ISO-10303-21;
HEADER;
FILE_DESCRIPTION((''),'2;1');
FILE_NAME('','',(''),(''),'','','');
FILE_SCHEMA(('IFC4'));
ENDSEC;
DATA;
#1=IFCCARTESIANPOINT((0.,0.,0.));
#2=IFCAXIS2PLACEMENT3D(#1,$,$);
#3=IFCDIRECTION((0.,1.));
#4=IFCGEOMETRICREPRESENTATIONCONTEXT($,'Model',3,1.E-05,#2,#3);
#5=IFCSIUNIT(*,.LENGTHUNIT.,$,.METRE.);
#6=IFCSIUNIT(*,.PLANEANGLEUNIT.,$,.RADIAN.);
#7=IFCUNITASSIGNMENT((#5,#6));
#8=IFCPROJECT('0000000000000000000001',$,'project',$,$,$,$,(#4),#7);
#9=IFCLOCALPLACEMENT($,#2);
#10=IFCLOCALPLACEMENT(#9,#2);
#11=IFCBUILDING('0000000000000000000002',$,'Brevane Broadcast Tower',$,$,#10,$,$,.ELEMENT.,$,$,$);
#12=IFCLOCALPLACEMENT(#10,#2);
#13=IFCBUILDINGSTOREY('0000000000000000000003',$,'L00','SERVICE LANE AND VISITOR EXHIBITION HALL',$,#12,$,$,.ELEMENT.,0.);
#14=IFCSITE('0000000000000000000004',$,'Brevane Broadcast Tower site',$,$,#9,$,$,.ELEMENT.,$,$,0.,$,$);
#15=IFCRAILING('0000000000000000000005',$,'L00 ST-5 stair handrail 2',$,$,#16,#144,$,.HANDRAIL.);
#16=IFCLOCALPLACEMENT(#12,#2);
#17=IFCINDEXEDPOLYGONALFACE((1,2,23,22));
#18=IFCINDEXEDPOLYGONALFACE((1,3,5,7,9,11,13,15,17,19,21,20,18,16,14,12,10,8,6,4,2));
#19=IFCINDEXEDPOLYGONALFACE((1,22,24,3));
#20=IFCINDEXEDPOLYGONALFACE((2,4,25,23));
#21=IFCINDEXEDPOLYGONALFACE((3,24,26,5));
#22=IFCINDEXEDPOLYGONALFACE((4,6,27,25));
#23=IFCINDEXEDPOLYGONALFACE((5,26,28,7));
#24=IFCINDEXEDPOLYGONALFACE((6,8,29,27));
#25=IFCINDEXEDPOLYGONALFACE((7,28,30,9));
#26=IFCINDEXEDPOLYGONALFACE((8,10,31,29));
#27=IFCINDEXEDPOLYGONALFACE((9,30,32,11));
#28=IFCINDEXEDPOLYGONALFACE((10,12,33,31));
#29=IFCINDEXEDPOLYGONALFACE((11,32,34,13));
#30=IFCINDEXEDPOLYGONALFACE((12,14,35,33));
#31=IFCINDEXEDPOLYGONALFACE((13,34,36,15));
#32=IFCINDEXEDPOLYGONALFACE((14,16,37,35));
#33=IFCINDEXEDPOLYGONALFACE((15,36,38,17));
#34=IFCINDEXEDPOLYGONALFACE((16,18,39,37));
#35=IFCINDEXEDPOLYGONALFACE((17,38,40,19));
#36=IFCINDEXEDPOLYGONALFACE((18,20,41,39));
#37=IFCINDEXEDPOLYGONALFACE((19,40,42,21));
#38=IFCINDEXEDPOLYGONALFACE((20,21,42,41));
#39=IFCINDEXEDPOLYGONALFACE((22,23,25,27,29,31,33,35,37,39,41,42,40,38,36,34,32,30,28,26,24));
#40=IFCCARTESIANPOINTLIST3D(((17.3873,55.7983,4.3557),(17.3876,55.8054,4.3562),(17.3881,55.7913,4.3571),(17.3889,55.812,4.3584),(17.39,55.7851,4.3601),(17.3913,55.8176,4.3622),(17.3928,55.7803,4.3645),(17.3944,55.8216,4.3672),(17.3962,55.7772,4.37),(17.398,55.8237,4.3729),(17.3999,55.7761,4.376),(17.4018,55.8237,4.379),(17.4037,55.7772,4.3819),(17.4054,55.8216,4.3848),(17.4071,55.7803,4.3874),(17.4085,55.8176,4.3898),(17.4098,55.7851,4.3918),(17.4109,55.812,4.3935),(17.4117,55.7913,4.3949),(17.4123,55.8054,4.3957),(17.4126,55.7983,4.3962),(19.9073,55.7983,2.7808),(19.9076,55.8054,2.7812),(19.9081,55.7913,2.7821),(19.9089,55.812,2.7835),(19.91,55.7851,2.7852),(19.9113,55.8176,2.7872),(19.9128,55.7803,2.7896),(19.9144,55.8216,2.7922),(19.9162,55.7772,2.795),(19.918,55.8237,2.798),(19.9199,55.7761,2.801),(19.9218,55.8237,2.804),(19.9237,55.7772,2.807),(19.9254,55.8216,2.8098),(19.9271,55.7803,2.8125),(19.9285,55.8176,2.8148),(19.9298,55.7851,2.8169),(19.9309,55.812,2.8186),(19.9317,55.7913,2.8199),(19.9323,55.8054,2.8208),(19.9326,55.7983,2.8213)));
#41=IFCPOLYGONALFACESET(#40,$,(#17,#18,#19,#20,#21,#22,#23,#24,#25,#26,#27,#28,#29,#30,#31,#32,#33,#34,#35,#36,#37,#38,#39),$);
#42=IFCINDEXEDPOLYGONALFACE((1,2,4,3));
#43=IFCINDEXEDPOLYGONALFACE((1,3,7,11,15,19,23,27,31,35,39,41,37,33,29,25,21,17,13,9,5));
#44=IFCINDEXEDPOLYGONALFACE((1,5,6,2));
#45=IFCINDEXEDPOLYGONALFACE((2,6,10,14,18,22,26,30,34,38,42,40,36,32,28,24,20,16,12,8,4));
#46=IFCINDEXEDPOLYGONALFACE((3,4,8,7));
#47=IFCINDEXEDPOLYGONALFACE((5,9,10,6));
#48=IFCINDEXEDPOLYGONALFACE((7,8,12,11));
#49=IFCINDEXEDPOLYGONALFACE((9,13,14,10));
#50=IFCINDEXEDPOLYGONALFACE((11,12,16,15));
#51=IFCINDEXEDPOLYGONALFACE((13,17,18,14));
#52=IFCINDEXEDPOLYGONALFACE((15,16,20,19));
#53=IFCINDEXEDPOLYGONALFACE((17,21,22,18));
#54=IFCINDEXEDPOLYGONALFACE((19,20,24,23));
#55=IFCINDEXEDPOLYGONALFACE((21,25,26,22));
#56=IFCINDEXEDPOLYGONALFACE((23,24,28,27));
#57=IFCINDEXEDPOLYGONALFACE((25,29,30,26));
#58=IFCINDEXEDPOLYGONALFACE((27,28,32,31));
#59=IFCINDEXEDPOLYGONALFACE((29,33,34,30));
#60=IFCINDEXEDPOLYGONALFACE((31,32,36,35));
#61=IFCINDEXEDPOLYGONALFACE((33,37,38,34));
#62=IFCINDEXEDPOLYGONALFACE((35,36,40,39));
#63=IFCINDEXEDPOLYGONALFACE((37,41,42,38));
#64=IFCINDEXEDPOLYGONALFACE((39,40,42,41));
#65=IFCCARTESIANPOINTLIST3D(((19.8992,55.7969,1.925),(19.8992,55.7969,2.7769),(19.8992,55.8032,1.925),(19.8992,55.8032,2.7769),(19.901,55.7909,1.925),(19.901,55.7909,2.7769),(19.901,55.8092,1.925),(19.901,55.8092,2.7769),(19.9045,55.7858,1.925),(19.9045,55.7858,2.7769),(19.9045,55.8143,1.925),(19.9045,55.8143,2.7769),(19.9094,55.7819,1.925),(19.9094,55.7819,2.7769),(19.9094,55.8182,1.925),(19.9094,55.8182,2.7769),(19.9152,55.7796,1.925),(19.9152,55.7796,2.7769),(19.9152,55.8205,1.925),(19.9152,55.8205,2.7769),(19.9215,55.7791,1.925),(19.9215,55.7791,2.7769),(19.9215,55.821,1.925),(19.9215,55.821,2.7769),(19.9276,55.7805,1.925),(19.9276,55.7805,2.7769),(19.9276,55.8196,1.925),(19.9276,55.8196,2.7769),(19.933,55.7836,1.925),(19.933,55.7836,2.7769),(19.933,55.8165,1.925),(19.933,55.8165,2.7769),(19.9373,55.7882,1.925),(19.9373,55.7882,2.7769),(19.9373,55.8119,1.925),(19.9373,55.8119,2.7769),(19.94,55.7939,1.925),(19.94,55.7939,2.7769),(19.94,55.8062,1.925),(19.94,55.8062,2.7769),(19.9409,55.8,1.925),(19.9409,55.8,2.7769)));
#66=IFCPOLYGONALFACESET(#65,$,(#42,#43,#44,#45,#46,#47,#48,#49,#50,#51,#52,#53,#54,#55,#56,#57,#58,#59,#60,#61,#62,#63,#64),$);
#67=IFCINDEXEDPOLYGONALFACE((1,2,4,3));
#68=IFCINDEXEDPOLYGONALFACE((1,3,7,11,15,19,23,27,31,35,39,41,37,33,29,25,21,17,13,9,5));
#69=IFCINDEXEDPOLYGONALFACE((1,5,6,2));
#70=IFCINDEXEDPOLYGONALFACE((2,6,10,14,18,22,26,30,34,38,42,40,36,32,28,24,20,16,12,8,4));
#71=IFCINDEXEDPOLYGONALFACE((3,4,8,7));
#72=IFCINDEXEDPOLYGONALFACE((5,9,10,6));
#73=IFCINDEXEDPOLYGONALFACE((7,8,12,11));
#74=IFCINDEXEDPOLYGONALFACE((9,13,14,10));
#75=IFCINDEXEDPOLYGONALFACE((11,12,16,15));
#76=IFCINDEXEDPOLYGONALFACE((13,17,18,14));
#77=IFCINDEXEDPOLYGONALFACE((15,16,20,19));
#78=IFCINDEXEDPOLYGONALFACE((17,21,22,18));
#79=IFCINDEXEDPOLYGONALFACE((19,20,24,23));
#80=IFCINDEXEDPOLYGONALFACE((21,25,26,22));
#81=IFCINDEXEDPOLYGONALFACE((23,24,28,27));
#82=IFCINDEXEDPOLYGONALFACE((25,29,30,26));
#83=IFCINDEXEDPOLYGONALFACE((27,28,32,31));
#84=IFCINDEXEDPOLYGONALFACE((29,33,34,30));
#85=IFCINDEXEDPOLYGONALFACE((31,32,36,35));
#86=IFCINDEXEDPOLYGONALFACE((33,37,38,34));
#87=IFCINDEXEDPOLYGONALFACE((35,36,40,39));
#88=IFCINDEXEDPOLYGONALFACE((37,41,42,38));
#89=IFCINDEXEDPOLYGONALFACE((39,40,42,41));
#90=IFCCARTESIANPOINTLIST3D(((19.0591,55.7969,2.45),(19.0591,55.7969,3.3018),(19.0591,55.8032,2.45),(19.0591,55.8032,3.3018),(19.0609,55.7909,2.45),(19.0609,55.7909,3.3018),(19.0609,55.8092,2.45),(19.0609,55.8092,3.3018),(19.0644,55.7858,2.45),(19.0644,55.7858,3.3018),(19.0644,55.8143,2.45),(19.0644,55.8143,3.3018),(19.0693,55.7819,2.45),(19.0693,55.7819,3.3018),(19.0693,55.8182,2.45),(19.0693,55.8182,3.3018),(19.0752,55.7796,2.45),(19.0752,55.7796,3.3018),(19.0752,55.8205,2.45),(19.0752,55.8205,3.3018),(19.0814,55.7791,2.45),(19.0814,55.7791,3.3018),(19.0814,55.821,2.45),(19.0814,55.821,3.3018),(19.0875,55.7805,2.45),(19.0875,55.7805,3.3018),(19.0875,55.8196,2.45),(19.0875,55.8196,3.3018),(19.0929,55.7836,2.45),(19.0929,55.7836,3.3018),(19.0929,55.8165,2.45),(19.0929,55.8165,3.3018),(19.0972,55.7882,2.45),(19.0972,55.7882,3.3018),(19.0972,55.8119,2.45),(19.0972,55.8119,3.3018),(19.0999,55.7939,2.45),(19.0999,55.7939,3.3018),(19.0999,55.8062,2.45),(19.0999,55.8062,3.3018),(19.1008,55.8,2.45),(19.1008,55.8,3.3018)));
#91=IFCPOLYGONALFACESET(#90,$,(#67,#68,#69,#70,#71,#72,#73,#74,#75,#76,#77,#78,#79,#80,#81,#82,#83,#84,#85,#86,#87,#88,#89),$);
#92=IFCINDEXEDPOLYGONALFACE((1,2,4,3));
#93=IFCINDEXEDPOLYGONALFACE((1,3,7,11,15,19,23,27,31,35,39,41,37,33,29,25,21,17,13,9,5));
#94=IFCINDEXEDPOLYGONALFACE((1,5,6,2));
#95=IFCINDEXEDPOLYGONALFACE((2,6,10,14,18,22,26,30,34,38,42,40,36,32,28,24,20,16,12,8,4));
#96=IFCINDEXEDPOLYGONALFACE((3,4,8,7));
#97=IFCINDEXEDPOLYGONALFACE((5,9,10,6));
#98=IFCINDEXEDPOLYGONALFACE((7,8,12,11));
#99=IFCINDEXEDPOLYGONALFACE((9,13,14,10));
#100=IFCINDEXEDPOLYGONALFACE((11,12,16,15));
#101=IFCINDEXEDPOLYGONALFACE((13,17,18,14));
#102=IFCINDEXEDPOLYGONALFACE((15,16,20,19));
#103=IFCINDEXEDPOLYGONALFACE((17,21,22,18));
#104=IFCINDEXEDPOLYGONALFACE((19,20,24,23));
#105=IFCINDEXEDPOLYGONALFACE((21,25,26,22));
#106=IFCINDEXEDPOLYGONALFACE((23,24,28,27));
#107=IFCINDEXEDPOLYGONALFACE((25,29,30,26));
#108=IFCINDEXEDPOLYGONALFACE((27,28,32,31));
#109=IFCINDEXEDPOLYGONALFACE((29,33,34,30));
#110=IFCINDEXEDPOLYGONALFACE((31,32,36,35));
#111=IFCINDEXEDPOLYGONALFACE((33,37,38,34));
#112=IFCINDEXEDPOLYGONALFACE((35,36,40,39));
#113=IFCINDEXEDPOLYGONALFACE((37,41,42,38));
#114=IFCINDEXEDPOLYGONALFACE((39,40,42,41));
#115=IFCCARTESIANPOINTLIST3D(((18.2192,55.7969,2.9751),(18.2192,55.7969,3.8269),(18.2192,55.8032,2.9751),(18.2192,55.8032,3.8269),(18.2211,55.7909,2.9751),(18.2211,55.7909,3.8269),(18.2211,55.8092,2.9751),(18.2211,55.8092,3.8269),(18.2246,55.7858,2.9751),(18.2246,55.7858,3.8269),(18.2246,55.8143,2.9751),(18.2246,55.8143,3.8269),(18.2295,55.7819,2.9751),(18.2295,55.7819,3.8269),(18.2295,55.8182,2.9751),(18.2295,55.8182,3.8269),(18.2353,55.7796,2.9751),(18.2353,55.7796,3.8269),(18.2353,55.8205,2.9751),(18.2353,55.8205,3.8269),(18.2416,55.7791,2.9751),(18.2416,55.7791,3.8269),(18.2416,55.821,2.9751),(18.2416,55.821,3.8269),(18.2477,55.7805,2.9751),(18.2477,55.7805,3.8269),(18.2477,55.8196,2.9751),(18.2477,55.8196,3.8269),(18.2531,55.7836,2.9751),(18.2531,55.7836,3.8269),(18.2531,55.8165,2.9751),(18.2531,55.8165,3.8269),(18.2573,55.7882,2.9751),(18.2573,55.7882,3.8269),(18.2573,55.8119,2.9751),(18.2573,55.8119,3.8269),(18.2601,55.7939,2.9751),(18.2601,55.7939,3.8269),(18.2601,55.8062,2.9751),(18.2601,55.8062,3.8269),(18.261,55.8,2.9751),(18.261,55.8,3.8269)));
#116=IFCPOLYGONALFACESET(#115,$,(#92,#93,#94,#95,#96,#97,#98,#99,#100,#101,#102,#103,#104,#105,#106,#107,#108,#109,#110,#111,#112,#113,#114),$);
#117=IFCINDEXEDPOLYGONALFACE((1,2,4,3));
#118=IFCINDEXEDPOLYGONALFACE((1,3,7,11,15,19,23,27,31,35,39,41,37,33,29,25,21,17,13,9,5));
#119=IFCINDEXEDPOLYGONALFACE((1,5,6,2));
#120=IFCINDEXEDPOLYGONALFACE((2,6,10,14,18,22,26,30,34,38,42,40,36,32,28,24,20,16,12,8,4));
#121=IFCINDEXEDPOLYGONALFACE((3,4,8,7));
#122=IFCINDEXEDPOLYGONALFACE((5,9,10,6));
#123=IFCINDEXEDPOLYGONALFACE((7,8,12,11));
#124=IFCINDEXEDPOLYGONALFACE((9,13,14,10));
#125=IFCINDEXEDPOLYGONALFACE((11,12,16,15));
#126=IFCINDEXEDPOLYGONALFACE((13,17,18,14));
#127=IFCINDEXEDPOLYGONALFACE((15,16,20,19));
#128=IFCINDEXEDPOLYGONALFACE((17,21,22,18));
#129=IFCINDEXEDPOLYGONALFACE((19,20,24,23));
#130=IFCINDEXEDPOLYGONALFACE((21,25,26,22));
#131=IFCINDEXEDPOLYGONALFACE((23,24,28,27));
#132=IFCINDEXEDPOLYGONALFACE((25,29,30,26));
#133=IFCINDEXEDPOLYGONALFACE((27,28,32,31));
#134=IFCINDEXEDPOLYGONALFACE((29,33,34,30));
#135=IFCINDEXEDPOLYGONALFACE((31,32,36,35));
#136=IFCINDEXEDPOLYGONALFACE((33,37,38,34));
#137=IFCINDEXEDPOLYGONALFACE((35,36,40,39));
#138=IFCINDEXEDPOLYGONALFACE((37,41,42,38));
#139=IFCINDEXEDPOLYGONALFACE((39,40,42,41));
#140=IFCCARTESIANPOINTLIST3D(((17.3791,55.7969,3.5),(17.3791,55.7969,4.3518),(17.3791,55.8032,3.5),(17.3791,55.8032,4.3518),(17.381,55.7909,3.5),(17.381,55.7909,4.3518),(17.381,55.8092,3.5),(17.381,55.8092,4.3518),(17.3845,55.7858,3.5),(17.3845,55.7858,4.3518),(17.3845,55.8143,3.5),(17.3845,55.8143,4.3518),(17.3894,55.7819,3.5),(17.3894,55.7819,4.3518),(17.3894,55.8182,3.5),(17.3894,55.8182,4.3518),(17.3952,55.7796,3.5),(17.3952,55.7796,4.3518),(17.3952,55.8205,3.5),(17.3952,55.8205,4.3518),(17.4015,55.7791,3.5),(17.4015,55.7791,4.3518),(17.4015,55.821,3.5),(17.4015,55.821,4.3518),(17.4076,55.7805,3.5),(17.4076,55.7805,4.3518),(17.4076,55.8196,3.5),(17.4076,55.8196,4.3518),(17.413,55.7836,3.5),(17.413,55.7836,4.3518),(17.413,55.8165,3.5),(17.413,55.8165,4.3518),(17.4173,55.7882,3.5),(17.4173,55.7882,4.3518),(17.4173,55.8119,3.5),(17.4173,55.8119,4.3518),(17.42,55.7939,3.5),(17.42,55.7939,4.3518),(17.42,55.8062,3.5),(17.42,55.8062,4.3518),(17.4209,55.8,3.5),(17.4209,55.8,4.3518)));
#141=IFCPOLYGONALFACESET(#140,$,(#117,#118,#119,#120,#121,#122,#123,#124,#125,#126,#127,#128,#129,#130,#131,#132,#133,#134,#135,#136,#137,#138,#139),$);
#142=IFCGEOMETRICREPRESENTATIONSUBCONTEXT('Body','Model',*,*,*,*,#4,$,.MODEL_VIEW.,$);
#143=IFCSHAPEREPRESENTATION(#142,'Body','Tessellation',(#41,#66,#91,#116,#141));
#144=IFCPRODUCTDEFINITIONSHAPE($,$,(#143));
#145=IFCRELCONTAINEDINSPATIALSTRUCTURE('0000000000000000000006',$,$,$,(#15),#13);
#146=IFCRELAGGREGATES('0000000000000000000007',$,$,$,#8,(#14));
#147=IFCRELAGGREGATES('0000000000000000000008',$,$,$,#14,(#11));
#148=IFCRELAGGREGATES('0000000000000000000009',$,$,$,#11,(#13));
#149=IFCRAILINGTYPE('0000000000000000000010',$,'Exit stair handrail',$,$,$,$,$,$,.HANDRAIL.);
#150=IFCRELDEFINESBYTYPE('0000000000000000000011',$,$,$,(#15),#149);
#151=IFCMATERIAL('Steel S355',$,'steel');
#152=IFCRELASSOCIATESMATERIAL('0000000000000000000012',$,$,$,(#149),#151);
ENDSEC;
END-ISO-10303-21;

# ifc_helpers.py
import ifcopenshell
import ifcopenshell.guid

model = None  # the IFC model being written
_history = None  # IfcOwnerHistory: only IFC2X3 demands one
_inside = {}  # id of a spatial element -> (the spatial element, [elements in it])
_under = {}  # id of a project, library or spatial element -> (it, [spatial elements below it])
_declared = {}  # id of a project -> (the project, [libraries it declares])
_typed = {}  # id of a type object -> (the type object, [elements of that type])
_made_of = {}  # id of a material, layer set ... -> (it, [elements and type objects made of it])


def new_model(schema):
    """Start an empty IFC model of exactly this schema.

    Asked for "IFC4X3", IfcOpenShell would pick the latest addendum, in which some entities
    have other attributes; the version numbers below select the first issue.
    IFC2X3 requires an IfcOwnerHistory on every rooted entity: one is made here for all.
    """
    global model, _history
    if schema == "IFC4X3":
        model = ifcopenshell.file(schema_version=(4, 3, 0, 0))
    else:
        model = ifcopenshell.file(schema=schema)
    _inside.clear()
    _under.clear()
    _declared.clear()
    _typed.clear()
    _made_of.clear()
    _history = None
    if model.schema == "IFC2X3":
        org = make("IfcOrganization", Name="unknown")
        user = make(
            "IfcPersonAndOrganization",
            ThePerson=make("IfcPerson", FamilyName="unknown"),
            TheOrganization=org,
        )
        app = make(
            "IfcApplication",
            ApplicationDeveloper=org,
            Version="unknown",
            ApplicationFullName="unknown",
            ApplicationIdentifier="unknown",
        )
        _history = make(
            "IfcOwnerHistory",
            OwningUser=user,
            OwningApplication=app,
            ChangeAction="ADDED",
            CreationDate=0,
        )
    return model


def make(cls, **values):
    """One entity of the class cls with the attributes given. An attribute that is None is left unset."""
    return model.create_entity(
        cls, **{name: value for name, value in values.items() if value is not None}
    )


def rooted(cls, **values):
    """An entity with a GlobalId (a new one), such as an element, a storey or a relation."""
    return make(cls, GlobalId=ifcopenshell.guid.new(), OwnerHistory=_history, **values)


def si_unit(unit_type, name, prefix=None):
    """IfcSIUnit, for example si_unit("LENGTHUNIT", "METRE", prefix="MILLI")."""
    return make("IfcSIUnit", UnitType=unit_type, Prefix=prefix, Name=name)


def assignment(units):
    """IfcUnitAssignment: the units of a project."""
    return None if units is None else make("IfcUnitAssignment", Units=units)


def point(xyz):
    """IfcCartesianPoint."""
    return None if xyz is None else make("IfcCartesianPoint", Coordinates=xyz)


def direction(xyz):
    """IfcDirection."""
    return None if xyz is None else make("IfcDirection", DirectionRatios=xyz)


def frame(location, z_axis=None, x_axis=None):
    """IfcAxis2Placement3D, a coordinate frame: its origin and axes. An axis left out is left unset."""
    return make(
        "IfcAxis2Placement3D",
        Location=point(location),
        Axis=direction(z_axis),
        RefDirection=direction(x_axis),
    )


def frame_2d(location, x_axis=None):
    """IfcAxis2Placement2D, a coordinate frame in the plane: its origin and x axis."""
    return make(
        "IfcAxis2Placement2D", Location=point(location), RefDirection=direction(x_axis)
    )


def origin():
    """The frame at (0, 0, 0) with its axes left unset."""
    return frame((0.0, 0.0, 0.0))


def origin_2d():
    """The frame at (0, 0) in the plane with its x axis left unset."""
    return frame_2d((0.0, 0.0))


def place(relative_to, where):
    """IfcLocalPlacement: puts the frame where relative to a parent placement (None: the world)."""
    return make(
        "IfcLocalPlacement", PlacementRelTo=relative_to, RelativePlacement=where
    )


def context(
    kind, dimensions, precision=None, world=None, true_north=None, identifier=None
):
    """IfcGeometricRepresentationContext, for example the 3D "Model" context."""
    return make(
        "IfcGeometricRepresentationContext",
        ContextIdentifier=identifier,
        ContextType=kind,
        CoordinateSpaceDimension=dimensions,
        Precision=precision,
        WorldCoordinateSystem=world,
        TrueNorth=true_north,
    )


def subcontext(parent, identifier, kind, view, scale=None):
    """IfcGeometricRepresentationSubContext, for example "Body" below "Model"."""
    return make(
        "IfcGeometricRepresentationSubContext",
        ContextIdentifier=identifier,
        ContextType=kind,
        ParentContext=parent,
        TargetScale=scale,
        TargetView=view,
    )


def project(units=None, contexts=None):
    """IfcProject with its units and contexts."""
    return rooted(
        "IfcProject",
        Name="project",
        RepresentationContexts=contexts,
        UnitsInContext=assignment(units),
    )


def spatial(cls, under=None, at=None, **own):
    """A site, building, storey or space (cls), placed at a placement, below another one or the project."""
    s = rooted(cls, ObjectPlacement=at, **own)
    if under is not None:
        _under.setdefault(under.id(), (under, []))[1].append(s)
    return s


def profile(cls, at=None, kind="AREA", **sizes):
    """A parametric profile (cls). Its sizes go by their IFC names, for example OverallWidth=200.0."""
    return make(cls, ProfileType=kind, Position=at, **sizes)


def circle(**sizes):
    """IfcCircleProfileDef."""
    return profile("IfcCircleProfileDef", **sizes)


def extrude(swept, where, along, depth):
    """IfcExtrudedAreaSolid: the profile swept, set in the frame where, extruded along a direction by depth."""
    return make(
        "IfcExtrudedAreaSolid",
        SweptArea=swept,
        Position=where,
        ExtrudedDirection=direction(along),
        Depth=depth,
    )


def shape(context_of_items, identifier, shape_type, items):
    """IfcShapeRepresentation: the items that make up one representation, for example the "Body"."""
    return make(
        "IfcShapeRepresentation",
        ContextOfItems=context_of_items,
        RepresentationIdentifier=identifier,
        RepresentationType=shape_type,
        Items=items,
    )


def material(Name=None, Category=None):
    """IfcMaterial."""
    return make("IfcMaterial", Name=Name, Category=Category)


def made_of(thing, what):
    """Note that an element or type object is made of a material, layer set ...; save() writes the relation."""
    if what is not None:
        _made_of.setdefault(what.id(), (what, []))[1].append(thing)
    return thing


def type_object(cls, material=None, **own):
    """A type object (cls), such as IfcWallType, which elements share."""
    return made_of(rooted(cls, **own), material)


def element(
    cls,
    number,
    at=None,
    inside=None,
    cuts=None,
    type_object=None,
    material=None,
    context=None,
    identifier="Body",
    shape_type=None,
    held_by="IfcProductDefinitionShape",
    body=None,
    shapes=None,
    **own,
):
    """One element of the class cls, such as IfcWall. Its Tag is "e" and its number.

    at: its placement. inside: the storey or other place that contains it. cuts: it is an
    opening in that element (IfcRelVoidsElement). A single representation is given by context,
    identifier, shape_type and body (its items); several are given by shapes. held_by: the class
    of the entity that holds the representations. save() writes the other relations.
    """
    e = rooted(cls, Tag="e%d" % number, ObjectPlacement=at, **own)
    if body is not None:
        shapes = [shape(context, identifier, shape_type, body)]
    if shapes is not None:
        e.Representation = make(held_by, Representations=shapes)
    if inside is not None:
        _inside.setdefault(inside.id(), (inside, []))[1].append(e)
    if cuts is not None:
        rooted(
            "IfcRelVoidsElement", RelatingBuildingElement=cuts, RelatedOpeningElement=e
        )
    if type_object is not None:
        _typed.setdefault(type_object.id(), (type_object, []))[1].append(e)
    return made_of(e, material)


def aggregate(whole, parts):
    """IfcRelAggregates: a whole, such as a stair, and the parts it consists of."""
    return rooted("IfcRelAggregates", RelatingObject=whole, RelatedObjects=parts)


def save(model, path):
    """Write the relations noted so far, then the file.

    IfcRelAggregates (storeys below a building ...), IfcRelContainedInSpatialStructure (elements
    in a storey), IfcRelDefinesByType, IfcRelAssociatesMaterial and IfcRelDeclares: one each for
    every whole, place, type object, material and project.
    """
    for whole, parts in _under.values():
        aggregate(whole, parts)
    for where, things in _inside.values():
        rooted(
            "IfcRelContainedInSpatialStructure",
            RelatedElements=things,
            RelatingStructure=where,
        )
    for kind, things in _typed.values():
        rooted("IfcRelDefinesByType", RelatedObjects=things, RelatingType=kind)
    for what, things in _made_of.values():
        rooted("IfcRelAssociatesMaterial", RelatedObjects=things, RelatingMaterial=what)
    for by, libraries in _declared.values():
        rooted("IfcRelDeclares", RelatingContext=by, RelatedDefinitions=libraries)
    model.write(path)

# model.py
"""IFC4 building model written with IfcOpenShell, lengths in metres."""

from ifc_helpers import new_model, si_unit, direction, frame, origin, origin_2d, place, context, subcontext, project, spatial, circle, extrude, material, type_object, element, save


model = new_model("IFC4")

# Units and contexts
model_context = context("Model", 3, precision=1e-05, world=origin(), true_north=direction((0.0, 1.0)))
body_context = subcontext(model_context, "Body", "Model", "MODEL_VIEW")
ifc_project = project(units=[si_unit("LENGTHUNIT", "METRE"), si_unit("PLANEANGLEUNIT", "RADIAN")], contexts=[model_context])

# Site, building, storey
site_placement = place(None, origin())
site = spatial("IfcSite", under=ifc_project, at=site_placement, Name="Brevane Broadcast Tower site", CompositionType="ELEMENT", RefElevation=0.0)
building_placement = place(site_placement, origin())
building = spatial("IfcBuilding", under=site, at=building_placement, Name="Brevane Broadcast Tower", CompositionType="ELEMENT")
storey_placement = place(building_placement, origin())
storey = spatial("IfcBuildingStorey", under=building, at=storey_placement, Name="L00", Description="SERVICE LANE AND VISITOR EXHIBITION HALL", CompositionType="ELEMENT", Elevation=0.0)

# Railing
ifc_material_1 = material(Name="Steel S355", Category="steel")
railing_type = type_object("IfcRailingType", Name="Exit stair handrail", PredefinedType="HANDRAIL", material=ifc_material_1)
for number, where, name in (
    (1, (19.9199, 55.8, 1.925), "L00 ST-5 stair handrail 2"),
):
    element("IfcRailing", number, at=place(storey_placement, frame(where)), inside=storey, type_object=railing_type, Name=name, PredefinedType="HANDRAIL", context=body_context, shape_type="SweptSolid", body=[
        extrude(circle(Radius=0.0239, at=origin_2d()), frame((0.0, 0.0, 0.876), z_axis=(-0.848008, 0.0, 0.529984), x_axis=(0.0, -1.0, 0.0)), (0.0, 0.0, 1.0), 2.9717),
        extrude(circle(Radius=0.021, at=origin_2d()), origin(), (0.0, 0.0, 1.0), 0.8518),
        extrude(circle(Radius=0.021, at=origin_2d()), frame((-0.8401, 0.0, 0.5249)), (0.0, 0.0, 1.0), 0.8518),
        extrude(circle(Radius=0.021, at=origin_2d()), frame((-1.6799, 0.0, 1.05)), (0.0, 0.0, 1.0), 0.8518),
        extrude(circle(Radius=0.021, at=origin_2d()), frame((-2.52, 0.0, 1.575)), (0.0, 0.0, 1.0), 0.8518),
    ])

save(model, "model.ifc")
